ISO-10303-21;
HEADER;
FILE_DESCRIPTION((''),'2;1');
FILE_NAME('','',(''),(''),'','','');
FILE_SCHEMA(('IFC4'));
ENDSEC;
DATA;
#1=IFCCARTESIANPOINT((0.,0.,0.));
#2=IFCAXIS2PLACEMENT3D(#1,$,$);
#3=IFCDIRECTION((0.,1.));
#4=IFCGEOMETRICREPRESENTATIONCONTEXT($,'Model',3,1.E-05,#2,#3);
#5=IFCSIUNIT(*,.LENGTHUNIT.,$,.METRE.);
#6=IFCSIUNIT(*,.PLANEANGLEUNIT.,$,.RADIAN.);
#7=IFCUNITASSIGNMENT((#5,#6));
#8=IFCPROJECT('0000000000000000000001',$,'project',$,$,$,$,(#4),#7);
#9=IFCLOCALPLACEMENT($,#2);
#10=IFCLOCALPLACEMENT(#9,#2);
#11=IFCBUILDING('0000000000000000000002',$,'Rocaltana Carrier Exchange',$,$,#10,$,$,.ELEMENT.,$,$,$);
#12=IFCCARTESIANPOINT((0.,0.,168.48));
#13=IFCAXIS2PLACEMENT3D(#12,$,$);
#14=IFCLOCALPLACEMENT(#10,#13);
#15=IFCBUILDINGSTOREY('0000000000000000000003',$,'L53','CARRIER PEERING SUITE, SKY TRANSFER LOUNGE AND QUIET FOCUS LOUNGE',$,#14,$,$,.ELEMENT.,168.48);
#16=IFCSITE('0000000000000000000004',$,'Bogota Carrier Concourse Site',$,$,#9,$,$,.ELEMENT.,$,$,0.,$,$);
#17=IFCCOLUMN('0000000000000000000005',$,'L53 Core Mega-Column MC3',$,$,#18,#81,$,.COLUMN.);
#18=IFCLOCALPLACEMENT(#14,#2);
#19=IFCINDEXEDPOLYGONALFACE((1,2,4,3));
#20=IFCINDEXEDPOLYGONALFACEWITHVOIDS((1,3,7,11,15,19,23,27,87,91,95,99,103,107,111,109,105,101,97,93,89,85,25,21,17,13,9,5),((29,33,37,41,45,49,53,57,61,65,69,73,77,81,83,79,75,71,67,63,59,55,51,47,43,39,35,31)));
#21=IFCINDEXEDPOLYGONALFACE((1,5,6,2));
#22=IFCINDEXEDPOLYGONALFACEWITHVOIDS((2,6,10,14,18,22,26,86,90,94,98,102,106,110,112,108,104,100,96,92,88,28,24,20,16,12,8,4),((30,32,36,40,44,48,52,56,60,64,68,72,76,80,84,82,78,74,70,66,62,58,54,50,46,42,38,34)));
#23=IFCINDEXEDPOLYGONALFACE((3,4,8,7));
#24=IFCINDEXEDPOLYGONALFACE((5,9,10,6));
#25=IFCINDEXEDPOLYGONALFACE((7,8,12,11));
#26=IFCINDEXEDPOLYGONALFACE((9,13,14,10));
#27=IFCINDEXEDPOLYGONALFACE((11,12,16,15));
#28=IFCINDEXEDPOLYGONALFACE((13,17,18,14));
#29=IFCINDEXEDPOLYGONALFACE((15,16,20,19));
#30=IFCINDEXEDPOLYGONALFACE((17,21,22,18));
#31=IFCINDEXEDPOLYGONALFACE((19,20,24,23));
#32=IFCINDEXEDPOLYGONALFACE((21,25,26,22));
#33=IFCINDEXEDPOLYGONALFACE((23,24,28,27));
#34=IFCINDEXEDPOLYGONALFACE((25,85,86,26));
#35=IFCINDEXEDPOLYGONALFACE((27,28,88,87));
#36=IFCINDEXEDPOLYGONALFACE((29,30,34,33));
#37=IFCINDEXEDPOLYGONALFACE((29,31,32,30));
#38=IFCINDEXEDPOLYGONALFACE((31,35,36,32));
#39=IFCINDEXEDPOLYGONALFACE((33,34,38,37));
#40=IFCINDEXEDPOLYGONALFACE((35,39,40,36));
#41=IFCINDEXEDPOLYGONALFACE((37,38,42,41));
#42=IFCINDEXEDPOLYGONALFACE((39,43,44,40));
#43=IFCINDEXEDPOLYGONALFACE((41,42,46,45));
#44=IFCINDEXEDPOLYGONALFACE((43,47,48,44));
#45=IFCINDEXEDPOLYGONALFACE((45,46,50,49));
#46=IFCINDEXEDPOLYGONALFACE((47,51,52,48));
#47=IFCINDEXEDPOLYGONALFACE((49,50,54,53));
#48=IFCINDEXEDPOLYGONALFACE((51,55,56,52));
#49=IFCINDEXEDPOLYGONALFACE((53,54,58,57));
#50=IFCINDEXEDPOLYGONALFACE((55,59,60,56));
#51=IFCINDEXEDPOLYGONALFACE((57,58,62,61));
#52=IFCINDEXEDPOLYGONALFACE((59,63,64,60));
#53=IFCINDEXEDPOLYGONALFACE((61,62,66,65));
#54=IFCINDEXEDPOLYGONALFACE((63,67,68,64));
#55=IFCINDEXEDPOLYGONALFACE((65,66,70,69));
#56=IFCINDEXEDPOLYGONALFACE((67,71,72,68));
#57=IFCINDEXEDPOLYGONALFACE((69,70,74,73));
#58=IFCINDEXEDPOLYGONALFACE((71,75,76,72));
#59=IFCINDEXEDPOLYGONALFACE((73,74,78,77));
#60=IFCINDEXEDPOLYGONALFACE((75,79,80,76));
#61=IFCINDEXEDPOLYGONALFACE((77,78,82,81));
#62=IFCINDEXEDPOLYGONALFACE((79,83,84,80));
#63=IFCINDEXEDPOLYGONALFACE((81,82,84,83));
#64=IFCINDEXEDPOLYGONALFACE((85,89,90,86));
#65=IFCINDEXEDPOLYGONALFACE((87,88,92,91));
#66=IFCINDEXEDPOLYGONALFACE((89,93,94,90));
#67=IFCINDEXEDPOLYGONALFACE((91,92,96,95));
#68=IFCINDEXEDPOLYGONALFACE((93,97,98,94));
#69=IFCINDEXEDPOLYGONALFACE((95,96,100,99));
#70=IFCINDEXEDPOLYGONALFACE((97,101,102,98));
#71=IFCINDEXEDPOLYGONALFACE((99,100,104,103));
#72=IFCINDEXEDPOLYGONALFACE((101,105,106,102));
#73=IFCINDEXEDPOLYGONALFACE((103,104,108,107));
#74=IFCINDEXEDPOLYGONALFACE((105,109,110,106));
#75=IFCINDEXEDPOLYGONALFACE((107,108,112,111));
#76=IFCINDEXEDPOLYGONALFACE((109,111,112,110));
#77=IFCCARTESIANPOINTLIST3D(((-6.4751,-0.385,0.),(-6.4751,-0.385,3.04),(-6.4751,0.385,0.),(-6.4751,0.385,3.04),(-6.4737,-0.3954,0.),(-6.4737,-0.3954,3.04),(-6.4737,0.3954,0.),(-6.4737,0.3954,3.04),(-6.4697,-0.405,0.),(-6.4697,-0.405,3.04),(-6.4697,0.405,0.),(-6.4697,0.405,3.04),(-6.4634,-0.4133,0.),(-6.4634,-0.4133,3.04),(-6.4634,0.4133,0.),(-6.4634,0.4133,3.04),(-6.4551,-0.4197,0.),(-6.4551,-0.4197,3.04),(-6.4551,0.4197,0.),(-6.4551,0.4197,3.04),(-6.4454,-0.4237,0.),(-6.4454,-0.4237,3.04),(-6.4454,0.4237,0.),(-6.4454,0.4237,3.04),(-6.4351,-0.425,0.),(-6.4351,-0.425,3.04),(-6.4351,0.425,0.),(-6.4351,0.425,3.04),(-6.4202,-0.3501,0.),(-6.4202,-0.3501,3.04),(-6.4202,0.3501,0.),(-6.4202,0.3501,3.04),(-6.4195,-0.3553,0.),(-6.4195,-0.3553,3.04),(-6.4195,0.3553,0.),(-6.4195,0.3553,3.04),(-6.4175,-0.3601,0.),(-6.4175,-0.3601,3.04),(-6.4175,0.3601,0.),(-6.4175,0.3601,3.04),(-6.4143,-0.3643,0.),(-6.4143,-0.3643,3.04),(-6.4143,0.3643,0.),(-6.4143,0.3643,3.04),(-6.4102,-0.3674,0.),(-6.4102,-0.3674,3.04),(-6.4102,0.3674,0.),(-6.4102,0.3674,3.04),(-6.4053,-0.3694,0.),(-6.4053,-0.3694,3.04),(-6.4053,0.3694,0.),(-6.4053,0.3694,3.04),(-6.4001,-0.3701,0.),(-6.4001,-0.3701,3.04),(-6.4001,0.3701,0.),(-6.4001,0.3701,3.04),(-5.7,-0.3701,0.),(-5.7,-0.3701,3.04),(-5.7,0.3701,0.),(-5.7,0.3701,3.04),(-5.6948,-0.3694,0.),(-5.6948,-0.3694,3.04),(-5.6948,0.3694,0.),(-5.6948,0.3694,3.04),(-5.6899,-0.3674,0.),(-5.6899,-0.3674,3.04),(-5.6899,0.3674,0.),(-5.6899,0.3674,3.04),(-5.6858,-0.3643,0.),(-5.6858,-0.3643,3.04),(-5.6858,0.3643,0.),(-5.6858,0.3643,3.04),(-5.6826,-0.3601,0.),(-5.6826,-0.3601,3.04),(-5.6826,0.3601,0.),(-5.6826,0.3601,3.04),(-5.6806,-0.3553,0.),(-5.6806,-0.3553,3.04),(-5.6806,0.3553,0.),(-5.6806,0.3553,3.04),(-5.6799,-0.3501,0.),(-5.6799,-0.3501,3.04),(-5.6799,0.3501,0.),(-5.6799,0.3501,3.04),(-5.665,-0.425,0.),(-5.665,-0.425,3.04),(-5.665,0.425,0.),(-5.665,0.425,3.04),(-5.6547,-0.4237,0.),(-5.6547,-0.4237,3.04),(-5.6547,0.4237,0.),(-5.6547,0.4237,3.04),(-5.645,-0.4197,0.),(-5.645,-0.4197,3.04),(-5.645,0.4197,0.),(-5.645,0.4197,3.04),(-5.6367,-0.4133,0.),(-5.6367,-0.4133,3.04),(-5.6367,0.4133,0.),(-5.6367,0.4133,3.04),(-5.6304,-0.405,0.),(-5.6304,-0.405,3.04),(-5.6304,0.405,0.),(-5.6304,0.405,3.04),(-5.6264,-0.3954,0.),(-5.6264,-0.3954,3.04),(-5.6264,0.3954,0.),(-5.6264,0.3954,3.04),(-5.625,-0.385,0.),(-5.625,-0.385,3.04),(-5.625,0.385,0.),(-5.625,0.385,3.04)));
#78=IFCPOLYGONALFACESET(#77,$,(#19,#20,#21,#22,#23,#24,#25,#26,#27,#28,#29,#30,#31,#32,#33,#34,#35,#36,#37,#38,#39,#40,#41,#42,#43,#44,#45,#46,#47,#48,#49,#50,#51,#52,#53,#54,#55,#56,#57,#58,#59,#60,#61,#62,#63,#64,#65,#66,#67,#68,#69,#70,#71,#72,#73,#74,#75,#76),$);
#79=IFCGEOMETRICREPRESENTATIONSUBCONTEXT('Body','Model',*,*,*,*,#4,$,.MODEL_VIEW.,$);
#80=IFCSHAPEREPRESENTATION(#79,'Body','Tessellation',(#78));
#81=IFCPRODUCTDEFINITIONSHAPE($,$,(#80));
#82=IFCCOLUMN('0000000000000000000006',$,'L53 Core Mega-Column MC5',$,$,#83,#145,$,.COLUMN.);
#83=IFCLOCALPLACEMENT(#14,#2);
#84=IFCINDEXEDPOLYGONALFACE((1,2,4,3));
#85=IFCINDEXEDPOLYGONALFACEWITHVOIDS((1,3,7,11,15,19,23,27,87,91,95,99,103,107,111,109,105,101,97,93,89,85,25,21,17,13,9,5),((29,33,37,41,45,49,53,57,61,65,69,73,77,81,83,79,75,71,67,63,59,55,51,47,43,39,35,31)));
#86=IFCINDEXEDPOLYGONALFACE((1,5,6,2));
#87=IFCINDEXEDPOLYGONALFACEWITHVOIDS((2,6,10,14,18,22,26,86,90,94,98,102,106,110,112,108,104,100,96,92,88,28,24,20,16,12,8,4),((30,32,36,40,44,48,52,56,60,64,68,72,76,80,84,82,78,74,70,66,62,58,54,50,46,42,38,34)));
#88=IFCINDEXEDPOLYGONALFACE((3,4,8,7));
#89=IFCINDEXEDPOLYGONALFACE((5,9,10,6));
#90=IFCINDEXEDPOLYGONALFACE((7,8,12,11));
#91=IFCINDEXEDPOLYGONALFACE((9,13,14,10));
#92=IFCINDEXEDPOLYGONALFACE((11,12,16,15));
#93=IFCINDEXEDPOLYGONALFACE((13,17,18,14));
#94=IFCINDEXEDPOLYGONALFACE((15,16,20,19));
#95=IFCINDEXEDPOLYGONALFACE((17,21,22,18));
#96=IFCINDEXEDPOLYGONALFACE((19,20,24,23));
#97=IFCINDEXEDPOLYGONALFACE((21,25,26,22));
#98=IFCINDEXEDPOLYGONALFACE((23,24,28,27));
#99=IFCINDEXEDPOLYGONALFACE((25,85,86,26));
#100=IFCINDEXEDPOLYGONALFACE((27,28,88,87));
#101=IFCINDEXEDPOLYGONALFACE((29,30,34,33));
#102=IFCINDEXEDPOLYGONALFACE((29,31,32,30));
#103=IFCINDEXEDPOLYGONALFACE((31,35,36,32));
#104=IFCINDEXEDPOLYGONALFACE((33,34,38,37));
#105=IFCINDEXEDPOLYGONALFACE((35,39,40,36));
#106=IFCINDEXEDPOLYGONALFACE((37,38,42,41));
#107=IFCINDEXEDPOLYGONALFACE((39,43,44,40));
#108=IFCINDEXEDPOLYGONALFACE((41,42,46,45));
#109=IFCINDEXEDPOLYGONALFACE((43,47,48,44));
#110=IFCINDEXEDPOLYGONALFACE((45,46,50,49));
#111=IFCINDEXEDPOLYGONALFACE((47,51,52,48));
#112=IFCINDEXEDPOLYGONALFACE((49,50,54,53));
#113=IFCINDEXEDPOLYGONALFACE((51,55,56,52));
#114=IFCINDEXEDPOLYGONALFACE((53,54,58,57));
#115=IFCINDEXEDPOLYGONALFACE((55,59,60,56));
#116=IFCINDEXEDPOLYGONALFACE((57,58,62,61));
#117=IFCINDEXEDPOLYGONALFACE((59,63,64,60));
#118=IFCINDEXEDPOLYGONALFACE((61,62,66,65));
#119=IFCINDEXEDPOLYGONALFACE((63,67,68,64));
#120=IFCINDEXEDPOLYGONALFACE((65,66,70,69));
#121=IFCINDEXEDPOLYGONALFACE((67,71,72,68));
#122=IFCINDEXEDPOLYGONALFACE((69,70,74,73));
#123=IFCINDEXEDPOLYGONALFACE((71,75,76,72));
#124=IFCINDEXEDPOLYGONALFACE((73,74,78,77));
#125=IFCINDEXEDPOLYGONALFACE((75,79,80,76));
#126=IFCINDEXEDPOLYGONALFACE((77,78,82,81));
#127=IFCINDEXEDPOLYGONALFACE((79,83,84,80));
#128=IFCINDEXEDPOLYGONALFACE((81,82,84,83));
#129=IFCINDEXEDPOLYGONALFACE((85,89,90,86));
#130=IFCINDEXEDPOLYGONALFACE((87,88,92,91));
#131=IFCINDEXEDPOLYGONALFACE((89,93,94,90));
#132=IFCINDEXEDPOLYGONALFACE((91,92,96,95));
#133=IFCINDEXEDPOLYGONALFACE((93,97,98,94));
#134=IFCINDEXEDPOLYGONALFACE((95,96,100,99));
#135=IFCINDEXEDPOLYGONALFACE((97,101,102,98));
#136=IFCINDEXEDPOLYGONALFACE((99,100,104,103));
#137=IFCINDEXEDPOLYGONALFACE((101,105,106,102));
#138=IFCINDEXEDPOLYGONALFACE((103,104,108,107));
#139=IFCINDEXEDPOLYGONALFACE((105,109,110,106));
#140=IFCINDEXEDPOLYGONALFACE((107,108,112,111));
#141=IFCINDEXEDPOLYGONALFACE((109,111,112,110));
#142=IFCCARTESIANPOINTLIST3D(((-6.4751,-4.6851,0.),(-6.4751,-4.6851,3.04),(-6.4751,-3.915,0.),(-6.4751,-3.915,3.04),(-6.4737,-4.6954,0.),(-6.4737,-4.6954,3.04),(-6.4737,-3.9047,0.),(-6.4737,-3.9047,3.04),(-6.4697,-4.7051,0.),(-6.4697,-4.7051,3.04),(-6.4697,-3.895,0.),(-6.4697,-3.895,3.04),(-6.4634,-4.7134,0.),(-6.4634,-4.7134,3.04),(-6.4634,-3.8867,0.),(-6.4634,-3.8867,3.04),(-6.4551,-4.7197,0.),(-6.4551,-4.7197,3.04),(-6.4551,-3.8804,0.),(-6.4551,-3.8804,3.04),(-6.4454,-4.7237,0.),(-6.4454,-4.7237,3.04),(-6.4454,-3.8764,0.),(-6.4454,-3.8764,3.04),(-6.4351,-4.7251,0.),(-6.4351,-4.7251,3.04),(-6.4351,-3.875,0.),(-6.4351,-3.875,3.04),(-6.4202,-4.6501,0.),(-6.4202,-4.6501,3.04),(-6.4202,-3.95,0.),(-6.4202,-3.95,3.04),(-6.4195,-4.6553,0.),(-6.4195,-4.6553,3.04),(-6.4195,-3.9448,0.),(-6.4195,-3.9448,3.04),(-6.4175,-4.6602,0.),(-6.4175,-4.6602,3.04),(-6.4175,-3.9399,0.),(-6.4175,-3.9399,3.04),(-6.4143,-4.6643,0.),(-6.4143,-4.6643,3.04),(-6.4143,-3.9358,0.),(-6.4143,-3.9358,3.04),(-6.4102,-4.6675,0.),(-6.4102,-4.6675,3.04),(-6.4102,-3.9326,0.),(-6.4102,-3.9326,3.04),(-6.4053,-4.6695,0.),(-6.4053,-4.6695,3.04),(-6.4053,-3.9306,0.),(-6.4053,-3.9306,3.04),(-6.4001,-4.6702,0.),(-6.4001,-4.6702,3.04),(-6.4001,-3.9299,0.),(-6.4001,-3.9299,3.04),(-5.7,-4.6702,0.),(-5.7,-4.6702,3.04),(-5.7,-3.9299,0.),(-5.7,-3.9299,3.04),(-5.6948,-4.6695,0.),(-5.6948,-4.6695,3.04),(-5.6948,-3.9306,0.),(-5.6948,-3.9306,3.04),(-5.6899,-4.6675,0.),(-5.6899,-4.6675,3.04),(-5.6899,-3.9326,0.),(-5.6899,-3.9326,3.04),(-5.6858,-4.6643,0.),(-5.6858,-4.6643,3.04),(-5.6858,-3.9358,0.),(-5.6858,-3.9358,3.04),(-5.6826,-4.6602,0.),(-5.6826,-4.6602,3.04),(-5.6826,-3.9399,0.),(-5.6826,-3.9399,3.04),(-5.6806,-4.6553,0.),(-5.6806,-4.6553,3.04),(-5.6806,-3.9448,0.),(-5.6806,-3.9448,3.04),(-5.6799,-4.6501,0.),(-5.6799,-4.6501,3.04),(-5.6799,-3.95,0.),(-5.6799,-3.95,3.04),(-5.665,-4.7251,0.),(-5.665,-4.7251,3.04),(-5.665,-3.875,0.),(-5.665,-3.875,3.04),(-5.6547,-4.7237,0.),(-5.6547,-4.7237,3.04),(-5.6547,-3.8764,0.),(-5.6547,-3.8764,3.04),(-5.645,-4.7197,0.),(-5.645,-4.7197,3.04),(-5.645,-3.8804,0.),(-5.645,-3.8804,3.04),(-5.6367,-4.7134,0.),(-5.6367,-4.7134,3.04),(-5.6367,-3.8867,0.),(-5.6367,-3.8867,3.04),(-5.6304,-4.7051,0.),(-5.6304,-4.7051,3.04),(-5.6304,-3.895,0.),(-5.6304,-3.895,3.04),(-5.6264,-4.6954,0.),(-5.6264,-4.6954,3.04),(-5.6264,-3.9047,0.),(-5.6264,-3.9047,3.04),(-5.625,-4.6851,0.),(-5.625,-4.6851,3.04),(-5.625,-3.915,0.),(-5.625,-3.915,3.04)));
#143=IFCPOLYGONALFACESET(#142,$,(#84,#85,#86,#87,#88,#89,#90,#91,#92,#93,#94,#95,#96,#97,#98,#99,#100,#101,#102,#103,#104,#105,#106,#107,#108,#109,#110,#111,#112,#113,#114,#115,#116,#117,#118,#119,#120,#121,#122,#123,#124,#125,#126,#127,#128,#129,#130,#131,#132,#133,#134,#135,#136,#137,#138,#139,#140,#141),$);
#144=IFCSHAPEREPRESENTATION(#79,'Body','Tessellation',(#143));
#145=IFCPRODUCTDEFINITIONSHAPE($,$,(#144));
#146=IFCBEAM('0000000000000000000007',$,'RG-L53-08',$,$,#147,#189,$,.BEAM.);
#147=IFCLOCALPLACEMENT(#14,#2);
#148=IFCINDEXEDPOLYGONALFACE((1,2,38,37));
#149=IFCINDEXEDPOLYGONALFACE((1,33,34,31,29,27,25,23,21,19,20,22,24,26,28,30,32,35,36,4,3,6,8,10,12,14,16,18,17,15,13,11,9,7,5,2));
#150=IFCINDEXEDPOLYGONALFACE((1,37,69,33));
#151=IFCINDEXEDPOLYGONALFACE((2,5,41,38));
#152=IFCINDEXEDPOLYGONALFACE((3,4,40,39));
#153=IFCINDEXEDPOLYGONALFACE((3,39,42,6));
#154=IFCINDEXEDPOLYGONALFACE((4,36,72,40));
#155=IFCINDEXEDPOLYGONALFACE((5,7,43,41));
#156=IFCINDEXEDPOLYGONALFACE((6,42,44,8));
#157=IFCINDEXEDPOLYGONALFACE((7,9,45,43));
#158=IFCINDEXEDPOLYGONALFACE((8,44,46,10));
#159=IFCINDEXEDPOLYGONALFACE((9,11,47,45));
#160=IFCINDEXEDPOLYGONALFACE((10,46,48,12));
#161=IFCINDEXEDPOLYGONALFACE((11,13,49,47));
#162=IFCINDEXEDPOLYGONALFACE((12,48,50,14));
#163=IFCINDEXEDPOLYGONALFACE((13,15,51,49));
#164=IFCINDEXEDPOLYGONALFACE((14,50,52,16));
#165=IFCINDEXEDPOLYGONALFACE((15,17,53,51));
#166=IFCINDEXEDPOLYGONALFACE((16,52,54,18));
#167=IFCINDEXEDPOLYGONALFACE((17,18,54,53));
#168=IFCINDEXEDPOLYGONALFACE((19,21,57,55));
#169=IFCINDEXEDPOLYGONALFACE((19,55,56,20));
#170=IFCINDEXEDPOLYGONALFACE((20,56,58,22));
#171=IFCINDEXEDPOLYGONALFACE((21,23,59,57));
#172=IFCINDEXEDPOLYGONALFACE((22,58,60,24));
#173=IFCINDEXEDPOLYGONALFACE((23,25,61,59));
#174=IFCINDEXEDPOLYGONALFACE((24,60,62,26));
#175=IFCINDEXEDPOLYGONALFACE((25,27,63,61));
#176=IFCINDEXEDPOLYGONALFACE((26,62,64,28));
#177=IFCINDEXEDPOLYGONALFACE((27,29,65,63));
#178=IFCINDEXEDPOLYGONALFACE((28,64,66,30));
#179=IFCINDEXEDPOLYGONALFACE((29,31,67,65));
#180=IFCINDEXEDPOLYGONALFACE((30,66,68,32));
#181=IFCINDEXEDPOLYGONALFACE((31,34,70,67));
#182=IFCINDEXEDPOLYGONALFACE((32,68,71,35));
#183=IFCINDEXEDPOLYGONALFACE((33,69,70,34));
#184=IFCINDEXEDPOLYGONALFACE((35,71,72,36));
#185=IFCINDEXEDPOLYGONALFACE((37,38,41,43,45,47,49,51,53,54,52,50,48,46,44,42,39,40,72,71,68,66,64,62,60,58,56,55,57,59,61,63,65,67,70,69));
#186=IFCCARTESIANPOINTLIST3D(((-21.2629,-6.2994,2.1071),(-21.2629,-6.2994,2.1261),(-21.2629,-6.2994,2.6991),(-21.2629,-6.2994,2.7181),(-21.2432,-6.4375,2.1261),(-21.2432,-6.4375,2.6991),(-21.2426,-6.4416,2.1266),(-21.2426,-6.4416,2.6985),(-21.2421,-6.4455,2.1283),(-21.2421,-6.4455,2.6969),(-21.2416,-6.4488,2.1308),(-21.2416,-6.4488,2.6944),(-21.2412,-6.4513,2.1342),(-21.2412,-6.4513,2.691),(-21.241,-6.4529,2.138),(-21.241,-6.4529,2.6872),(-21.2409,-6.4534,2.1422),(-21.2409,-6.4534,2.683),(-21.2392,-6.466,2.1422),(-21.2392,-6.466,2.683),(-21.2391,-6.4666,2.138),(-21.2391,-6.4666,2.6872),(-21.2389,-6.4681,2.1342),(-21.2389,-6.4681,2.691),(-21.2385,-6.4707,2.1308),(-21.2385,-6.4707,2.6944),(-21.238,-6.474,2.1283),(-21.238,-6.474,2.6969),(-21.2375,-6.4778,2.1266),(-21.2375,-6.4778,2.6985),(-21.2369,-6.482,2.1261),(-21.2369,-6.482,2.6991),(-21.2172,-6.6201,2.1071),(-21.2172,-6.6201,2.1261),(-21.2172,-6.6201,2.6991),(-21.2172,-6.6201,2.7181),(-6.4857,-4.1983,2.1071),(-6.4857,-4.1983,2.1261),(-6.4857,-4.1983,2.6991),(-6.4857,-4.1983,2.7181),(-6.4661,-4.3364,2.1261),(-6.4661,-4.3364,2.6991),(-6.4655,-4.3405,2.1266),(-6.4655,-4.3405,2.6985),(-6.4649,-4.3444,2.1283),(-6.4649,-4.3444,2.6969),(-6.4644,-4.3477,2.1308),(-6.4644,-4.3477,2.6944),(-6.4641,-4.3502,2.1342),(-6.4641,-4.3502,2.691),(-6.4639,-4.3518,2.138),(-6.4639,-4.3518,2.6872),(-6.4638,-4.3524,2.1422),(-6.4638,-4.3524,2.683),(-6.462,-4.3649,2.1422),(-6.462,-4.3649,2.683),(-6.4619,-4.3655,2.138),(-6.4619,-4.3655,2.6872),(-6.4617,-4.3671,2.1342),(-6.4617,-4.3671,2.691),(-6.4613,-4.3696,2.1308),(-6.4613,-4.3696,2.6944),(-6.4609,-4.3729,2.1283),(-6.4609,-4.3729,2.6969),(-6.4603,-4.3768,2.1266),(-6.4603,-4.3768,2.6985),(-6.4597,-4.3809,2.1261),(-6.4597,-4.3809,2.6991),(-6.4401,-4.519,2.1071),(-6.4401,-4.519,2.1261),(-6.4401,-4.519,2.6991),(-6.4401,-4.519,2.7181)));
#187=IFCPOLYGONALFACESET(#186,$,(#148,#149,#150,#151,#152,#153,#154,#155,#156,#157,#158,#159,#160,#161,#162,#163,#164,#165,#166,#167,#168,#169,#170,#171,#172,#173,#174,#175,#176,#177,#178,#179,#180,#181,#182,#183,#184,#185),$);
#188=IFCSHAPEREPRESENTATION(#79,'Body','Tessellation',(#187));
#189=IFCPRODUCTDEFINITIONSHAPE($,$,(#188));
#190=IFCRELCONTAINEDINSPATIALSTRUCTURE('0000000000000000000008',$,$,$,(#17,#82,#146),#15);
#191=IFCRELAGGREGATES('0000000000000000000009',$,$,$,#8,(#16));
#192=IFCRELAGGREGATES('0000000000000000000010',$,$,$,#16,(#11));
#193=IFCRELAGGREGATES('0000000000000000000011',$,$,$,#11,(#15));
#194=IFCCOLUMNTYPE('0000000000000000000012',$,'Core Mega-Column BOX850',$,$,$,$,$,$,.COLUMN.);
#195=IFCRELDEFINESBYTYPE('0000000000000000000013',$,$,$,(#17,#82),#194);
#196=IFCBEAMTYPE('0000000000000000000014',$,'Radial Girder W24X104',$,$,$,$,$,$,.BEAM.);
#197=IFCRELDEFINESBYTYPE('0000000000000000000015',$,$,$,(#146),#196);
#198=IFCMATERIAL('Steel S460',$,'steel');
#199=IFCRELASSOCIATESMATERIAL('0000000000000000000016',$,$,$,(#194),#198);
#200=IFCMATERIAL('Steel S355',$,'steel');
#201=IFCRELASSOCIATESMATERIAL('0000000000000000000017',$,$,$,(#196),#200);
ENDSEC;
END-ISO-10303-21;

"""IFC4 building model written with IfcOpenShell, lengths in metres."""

from ifc_helpers import new_model, si_unit, direction, frame, origin, origin_2d, place, context, subcontext, project, spatial, hollow_rectangle, i_section, extrude, material, material_profile, profile_set, type_object, element, save


model = new_model("IFC4")

# Units and contexts
model_context = context("Model", 3, precision=1e-05, world=origin(), true_north=direction((0.0, 1.0)))
body_context = subcontext(model_context, "Body", "Model", "MODEL_VIEW")
ifc_project = project(units=[si_unit("LENGTHUNIT", "METRE"), si_unit("PLANEANGLEUNIT", "RADIAN")], contexts=[model_context])

# Site, building, storey
site_placement = place(None, origin())
site = spatial("IfcSite", under=ifc_project, at=site_placement, Name="Bogota Carrier Concourse Site", CompositionType="ELEMENT", RefElevation=0.0)
building_placement = place(site_placement, origin())
building = spatial("IfcBuilding", under=site, at=building_placement, Name="Rocaltana Carrier Exchange", CompositionType="ELEMENT")
storey_placement = place(building_placement, frame((0.0, 0.0, 168.48)))
storey = spatial("IfcBuildingStorey", under=building, at=storey_placement, Name="L53", Description="CARRIER PEERING SUITE, SKY TRANSFER LOUNGE AND QUIET FOCUS LOUNGE", CompositionType="ELEMENT", Elevation=168.48)

# Columns
ifc_material_1 = material(Name="Steel S460", Category="steel")
ifc_material_profile_1 = material_profile(ifc_material_1, hollow_rectangle(XDim=0.8501, YDim=0.8501, WallThickness=0.0549, InnerFilletRadius=0.02, OuterFilletRadius=0.04, at=origin_2d()), Name="BOX850X850X55")
ifc_profile_set_1 = profile_set([ifc_material_profile_1], Name="Steel S460")
column_type = type_object("IfcColumnType", Name="Core Mega-Column BOX850", PredefinedType="COLUMN", material=ifc_profile_set_1)
for number, where, z_axis, x_axis, name in (
    (1, (-6.05, 0.0, 0.0), (0.0, 0.0, 1.0), (1.0, 0.0, 0.0), "L53 Core Mega-Column MC3"),
    (2, (-6.05, -4.3, 0.0), (0.0, 0.0, 1.0), (1.0, 0.0, 0.0), "L53 Core Mega-Column MC5"),
):
    element("IfcColumn", number, at=place(storey_placement, frame(where, z_axis=z_axis, x_axis=x_axis)), inside=storey, type_object=column_type, Name=name, PredefinedType="COLUMN", context=body_context, shape_type="SweptSolid", body=[
        extrude(hollow_rectangle(XDim=0.8501, YDim=0.8501, WallThickness=0.0549, InnerFilletRadius=0.02, OuterFilletRadius=0.04, at=origin_2d()), origin(), (0.0, 0.0, 1.0), 3.04),
    ])

# Beam
ifc_material_2 = material(Name="Steel S355", Category="steel")
ifc_material_profile_2 = material_profile(ifc_material_2, i_section(OverallWidth=0.324, OverallDepth=0.6111, WebThickness=0.0127, FlangeThickness=0.019, FilletRadius=0.0161, at=origin_2d()), Name="W24X104")
ifc_profile_set_2 = profile_set([ifc_material_profile_2], Name="Steel S355")
beam_type = type_object("IfcBeamType", Name="Radial Girder W24X104", PredefinedType="BEAM", material=ifc_profile_set_2)
beam_1_placement = place(storey_placement, frame((-6.4629, -4.3586, 2.4126), z_axis=(-0.990043, -0.140769, 0.0), x_axis=(0.140769, -0.990043, 0.0)))
element("IfcBeam", 3, at=beam_1_placement, inside=storey, type_object=beam_type, Name="RG-L53-08", PredefinedType="BEAM", context=body_context, shape_type="SweptSolid", body=[
    extrude(i_section(OverallWidth=0.324, OverallDepth=0.6111, WebThickness=0.0127, FlangeThickness=0.019, FilletRadius=0.0161, at=origin_2d()), origin(), (0.0, 0.0, 1.0), 14.9258),
])

save(model, "model.ifc")
